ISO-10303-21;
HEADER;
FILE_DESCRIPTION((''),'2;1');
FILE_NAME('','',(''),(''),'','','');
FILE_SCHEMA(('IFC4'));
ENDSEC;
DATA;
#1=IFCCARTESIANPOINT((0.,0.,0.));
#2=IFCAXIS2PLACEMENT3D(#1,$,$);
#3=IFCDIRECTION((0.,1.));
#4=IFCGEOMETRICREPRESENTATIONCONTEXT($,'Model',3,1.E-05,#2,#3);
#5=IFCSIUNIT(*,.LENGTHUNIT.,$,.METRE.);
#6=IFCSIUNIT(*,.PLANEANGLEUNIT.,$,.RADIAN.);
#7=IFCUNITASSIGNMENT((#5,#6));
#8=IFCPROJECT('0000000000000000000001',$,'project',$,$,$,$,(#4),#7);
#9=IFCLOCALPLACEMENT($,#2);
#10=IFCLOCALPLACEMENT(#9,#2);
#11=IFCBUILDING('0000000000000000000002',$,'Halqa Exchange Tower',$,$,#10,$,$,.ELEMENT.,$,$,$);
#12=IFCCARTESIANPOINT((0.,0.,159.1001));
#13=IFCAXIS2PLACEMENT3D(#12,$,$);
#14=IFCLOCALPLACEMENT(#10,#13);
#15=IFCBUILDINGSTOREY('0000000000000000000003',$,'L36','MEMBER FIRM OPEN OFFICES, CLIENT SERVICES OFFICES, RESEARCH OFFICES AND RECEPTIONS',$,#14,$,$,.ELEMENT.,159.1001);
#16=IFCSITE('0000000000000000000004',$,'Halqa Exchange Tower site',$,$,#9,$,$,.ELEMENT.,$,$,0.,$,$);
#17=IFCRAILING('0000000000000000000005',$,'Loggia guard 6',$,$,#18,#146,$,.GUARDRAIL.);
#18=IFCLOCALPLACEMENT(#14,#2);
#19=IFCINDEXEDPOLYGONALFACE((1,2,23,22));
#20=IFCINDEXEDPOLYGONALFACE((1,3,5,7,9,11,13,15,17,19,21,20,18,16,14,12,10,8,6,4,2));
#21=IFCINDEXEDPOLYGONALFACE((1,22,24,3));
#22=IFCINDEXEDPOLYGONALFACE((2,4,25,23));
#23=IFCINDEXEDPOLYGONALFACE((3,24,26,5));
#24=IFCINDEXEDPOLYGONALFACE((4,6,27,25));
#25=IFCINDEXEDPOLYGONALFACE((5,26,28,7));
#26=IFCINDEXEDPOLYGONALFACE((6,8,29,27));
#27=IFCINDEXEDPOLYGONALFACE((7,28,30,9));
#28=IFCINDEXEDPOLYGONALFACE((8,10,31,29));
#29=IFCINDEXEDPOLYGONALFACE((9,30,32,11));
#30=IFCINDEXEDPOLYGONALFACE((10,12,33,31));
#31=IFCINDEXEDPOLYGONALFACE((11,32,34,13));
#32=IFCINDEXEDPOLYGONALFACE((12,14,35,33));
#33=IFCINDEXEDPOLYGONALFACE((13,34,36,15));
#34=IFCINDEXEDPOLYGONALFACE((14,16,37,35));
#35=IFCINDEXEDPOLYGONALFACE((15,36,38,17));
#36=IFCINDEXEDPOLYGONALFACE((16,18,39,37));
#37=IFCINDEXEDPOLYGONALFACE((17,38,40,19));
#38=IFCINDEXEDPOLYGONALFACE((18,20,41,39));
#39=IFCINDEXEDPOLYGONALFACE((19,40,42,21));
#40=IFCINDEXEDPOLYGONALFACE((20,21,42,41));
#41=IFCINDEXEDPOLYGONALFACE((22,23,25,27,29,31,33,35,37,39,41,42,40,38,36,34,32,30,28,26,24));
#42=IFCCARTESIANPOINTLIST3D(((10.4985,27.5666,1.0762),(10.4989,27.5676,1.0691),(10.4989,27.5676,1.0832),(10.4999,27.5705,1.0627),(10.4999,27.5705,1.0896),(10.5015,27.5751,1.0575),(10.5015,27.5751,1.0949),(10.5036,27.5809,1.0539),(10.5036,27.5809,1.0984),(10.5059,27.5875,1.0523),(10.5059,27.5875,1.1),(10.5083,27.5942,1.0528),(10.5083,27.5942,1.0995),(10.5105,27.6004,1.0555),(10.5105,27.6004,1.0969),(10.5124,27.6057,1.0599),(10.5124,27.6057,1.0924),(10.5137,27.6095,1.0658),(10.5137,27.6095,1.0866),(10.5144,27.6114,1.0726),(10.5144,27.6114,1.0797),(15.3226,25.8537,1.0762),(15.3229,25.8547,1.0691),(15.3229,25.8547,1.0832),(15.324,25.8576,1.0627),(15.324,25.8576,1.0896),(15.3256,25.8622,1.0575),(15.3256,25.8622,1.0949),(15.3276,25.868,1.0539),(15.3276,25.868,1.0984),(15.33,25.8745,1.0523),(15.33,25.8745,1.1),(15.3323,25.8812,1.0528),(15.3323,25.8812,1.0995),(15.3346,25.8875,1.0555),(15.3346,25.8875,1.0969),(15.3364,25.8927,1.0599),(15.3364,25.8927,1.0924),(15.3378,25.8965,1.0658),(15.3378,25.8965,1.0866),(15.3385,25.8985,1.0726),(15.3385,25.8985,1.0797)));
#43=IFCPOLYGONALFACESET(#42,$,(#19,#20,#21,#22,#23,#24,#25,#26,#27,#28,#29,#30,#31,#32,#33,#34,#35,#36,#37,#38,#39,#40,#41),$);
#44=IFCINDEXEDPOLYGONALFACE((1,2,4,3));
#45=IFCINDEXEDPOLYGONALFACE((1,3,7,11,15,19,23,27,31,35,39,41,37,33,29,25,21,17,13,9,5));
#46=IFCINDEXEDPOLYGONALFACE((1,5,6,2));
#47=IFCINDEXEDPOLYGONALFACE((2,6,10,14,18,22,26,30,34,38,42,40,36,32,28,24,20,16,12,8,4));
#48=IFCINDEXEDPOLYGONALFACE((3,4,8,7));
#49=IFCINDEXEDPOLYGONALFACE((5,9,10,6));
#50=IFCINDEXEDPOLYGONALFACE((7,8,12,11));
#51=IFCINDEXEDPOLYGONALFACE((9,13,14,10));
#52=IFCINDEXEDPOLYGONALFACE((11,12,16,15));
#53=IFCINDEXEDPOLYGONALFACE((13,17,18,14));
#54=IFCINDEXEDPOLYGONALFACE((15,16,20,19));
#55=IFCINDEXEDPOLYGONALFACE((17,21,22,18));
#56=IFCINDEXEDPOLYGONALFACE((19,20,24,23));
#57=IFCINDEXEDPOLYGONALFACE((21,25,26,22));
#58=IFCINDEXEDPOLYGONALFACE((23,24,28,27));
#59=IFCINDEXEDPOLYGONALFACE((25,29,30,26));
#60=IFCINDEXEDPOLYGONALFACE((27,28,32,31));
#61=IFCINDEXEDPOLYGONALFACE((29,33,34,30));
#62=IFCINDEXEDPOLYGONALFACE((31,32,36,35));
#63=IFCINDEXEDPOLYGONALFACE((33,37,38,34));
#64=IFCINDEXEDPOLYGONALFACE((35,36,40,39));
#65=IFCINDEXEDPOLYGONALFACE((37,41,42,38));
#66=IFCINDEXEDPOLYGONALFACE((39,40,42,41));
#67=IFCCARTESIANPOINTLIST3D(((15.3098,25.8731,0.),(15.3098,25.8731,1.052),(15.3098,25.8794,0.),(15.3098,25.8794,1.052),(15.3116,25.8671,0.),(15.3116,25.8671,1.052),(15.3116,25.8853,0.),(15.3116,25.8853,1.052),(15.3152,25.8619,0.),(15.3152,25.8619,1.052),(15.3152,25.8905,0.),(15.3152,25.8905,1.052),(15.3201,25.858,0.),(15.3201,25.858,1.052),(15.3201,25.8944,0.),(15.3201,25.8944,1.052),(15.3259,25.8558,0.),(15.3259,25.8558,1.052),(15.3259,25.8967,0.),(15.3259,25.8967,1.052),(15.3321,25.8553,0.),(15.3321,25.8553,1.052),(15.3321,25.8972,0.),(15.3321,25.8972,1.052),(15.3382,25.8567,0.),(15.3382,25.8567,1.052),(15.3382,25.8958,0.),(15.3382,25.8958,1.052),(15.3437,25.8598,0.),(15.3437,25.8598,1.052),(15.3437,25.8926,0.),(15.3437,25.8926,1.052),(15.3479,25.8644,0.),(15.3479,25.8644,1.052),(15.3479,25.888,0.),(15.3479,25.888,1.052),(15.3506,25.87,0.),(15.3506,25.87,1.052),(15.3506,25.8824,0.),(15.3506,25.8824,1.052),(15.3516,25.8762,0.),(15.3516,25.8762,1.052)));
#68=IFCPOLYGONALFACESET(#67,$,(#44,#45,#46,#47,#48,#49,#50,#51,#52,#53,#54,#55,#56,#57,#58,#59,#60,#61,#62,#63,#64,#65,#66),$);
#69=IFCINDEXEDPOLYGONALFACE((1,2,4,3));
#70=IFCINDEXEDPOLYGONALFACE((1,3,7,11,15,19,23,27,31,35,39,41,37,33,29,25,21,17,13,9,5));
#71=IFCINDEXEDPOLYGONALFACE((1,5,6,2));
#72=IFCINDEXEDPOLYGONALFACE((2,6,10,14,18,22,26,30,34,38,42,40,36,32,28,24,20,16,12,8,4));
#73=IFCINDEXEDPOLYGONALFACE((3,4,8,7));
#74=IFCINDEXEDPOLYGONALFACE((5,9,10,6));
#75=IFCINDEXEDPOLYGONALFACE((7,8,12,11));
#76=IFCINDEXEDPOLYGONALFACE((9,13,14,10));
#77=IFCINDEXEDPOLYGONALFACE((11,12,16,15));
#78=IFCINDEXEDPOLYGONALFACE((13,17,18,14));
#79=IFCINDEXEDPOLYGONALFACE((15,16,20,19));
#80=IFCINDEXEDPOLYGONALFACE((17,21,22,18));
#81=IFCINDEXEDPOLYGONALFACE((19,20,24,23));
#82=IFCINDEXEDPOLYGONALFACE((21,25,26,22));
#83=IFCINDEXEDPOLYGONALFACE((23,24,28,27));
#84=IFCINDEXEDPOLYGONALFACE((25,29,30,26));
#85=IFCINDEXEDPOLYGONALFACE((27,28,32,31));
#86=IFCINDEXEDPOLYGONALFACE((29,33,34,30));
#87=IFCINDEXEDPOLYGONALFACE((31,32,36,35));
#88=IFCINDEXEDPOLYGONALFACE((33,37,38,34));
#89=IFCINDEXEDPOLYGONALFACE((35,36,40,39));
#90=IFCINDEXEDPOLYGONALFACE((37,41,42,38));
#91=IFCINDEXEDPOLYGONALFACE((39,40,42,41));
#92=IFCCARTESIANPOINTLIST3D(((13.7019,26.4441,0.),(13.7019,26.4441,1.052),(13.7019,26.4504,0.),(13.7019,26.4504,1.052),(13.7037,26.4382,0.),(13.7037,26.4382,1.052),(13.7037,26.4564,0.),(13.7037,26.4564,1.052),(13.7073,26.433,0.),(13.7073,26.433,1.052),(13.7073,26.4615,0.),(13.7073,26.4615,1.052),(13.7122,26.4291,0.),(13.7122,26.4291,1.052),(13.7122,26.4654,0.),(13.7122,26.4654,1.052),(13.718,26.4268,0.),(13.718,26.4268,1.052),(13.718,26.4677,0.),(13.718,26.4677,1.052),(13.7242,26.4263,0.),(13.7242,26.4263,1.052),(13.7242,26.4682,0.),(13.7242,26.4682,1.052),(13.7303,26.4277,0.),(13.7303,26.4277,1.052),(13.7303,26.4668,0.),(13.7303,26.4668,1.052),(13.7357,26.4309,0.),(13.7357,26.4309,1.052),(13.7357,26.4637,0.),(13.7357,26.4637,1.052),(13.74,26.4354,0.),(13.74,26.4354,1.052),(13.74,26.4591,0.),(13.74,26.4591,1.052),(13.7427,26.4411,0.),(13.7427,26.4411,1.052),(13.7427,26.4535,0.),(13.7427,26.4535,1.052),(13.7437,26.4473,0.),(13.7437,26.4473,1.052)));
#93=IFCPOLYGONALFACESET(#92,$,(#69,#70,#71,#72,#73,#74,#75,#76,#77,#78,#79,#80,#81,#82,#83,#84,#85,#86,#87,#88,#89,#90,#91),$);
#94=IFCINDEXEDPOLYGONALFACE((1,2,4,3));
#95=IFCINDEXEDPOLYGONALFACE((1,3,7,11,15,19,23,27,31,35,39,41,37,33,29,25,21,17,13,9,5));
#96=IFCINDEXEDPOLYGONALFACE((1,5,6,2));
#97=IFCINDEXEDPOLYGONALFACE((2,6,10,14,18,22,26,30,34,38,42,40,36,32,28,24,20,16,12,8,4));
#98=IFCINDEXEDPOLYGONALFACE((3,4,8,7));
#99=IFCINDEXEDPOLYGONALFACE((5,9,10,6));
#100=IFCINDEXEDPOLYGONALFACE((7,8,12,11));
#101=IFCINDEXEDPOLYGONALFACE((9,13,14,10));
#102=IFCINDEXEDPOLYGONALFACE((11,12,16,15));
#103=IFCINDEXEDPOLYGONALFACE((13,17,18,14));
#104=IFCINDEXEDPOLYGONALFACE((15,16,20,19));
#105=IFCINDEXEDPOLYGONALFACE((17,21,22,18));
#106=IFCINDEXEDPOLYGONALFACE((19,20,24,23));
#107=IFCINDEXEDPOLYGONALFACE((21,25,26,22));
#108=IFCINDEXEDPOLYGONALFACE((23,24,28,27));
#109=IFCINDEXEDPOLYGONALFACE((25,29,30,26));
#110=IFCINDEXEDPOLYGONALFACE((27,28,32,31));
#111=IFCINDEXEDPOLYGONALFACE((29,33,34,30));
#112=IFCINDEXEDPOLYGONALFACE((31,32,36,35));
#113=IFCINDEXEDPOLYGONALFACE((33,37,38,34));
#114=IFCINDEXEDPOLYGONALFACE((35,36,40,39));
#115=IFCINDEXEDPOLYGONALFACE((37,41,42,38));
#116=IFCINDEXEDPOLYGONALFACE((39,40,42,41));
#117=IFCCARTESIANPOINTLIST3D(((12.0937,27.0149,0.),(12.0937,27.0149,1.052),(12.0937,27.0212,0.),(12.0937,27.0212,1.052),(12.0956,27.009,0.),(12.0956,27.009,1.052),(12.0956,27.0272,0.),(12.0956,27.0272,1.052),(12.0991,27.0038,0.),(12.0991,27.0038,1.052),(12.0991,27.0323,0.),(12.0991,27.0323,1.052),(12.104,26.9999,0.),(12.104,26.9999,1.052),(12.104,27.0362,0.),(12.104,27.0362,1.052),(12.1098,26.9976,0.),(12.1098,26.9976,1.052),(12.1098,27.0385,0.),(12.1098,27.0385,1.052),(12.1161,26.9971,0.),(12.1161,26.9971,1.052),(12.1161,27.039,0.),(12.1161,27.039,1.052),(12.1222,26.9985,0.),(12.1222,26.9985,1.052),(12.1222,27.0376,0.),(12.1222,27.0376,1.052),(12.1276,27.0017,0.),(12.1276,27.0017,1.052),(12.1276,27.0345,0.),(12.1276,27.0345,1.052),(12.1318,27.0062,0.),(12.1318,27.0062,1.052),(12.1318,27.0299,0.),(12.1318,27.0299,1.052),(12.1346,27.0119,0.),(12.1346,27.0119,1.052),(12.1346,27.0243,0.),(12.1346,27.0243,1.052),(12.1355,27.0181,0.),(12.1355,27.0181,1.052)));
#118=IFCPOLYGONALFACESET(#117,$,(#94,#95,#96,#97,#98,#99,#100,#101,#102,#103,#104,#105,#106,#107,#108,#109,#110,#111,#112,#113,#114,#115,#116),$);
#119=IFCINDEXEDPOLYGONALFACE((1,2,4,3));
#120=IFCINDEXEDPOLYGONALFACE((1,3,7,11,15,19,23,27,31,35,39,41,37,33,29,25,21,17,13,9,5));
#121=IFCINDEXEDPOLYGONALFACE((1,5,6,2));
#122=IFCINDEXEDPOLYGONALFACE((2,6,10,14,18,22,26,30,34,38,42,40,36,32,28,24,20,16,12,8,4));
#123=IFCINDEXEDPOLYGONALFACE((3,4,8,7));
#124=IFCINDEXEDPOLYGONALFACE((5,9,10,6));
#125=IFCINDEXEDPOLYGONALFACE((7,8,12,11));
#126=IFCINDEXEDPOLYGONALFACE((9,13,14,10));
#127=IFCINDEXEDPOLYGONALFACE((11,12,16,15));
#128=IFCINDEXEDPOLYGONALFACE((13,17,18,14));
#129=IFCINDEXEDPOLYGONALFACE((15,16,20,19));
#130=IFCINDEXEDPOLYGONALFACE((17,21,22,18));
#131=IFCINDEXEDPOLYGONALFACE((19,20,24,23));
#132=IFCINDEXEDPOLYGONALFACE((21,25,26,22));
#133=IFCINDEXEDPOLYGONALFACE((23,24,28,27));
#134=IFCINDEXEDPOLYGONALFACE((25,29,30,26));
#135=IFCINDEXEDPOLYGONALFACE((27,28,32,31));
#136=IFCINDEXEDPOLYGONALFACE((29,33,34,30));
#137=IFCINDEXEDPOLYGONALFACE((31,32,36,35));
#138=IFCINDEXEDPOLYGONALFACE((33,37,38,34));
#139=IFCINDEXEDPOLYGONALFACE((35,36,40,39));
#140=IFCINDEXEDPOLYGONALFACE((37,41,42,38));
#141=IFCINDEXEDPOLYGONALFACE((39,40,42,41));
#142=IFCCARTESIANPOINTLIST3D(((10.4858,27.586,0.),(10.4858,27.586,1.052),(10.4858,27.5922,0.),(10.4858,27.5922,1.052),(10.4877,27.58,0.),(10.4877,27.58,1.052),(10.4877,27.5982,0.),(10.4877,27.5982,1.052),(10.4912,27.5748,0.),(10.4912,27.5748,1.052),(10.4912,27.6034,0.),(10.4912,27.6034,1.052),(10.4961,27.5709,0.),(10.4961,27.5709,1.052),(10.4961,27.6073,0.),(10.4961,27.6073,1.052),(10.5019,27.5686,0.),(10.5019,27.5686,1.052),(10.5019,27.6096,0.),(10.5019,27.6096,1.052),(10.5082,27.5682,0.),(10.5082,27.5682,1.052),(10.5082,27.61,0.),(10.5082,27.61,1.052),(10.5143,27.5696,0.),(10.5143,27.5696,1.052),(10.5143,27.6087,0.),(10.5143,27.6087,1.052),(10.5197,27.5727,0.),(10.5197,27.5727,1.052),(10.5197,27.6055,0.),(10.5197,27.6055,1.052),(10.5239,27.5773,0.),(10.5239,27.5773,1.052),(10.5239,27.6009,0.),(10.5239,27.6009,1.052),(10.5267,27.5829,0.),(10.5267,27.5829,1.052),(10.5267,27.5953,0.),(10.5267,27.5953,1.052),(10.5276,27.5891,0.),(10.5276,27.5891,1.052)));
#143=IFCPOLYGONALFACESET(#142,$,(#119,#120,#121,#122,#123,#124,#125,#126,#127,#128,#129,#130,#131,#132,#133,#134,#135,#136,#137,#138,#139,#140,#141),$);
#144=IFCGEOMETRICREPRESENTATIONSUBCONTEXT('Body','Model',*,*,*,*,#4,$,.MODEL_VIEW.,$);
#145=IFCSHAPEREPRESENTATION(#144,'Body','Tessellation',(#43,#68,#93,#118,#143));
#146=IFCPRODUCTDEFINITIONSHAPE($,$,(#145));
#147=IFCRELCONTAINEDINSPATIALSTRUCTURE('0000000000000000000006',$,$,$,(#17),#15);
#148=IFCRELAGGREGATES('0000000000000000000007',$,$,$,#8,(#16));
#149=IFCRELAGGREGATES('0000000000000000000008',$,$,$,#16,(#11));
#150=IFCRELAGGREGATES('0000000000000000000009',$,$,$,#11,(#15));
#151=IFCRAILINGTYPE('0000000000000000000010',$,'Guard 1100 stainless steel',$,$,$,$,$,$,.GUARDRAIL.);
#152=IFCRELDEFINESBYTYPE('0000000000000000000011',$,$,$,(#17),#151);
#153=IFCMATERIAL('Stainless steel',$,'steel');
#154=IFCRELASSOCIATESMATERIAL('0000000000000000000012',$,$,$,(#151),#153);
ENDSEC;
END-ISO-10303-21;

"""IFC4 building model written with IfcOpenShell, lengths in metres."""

from ifc_helpers import new_model, si_unit, direction, frame, origin, origin_2d, place, context, subcontext, project, spatial, circle, extrude, material, type_object, element, save


model = new_model("IFC4")

# Units and contexts
model_context = context("Model", 3, precision=1e-05, world=origin(), true_north=direction((0.0, 1.0)))
body_context = subcontext(model_context, "Body", "Model", "MODEL_VIEW")
ifc_project = project(units=[si_unit("LENGTHUNIT", "METRE"), si_unit("PLANEANGLEUNIT", "RADIAN")], contexts=[model_context])

# Site, building, storey
site_placement = place(None, origin())
site = spatial("IfcSite", under=ifc_project, at=site_placement, Name="Halqa Exchange Tower site", CompositionType="ELEMENT", RefElevation=0.0)
building_placement = place(site_placement, origin())
building = spatial("IfcBuilding", under=site, at=building_placement, Name="Halqa Exchange Tower", CompositionType="ELEMENT")
storey_placement = place(building_placement, frame((0.0, 0.0, 159.1001)))
storey = spatial("IfcBuildingStorey", under=building, at=storey_placement, Name="L36", Description="MEMBER FIRM OPEN OFFICES, CLIENT SERVICES OFFICES, RESEARCH OFFICES AND RECEPTIONS", CompositionType="ELEMENT", Elevation=159.1001)

# Railing
ifc_material_1 = material(Name="Stainless steel", Category="steel")
railing_type = type_object("IfcRailingType", Name="Guard 1100 stainless steel", PredefinedType="GUARDRAIL", material=ifc_material_1)
railing_1_placement = place(storey_placement, frame((15.3306, 25.8762, 0.0)))
element("IfcRailing", 1, at=railing_1_placement, inside=storey, type_object=railing_type, Name="Loggia guard 6", PredefinedType="GUARDRAIL", context=body_context, shape_type="SweptSolid", body=[
    extrude(circle(Radius=0.0239, at=origin_2d()), frame((0.0, 0.0, 1.0762), z_axis=(-0.942356, 0.334611, 0.0), x_axis=(-0.334611, -0.942356, 0.0)), (0.0, 0.0, 1.0), 5.1191),
    extrude(circle(Radius=0.021, at=origin_2d()), origin(), (0.0, 0.0, 1.0), 1.052),
    extrude(circle(Radius=0.021, at=origin_2d()), frame((-1.6079, 0.571, 0.0)), (0.0, 0.0, 1.0), 1.052),
    extrude(circle(Radius=0.021, at=origin_2d()), frame((-3.2161, 1.1418, 0.0)), (0.0, 0.0, 1.0), 1.052),
    extrude(circle(Radius=0.021, at=origin_2d()), frame((-4.824, 1.7129, 0.0)), (0.0, 0.0, 1.0), 1.052),
])

save(model, "model.ifc")
